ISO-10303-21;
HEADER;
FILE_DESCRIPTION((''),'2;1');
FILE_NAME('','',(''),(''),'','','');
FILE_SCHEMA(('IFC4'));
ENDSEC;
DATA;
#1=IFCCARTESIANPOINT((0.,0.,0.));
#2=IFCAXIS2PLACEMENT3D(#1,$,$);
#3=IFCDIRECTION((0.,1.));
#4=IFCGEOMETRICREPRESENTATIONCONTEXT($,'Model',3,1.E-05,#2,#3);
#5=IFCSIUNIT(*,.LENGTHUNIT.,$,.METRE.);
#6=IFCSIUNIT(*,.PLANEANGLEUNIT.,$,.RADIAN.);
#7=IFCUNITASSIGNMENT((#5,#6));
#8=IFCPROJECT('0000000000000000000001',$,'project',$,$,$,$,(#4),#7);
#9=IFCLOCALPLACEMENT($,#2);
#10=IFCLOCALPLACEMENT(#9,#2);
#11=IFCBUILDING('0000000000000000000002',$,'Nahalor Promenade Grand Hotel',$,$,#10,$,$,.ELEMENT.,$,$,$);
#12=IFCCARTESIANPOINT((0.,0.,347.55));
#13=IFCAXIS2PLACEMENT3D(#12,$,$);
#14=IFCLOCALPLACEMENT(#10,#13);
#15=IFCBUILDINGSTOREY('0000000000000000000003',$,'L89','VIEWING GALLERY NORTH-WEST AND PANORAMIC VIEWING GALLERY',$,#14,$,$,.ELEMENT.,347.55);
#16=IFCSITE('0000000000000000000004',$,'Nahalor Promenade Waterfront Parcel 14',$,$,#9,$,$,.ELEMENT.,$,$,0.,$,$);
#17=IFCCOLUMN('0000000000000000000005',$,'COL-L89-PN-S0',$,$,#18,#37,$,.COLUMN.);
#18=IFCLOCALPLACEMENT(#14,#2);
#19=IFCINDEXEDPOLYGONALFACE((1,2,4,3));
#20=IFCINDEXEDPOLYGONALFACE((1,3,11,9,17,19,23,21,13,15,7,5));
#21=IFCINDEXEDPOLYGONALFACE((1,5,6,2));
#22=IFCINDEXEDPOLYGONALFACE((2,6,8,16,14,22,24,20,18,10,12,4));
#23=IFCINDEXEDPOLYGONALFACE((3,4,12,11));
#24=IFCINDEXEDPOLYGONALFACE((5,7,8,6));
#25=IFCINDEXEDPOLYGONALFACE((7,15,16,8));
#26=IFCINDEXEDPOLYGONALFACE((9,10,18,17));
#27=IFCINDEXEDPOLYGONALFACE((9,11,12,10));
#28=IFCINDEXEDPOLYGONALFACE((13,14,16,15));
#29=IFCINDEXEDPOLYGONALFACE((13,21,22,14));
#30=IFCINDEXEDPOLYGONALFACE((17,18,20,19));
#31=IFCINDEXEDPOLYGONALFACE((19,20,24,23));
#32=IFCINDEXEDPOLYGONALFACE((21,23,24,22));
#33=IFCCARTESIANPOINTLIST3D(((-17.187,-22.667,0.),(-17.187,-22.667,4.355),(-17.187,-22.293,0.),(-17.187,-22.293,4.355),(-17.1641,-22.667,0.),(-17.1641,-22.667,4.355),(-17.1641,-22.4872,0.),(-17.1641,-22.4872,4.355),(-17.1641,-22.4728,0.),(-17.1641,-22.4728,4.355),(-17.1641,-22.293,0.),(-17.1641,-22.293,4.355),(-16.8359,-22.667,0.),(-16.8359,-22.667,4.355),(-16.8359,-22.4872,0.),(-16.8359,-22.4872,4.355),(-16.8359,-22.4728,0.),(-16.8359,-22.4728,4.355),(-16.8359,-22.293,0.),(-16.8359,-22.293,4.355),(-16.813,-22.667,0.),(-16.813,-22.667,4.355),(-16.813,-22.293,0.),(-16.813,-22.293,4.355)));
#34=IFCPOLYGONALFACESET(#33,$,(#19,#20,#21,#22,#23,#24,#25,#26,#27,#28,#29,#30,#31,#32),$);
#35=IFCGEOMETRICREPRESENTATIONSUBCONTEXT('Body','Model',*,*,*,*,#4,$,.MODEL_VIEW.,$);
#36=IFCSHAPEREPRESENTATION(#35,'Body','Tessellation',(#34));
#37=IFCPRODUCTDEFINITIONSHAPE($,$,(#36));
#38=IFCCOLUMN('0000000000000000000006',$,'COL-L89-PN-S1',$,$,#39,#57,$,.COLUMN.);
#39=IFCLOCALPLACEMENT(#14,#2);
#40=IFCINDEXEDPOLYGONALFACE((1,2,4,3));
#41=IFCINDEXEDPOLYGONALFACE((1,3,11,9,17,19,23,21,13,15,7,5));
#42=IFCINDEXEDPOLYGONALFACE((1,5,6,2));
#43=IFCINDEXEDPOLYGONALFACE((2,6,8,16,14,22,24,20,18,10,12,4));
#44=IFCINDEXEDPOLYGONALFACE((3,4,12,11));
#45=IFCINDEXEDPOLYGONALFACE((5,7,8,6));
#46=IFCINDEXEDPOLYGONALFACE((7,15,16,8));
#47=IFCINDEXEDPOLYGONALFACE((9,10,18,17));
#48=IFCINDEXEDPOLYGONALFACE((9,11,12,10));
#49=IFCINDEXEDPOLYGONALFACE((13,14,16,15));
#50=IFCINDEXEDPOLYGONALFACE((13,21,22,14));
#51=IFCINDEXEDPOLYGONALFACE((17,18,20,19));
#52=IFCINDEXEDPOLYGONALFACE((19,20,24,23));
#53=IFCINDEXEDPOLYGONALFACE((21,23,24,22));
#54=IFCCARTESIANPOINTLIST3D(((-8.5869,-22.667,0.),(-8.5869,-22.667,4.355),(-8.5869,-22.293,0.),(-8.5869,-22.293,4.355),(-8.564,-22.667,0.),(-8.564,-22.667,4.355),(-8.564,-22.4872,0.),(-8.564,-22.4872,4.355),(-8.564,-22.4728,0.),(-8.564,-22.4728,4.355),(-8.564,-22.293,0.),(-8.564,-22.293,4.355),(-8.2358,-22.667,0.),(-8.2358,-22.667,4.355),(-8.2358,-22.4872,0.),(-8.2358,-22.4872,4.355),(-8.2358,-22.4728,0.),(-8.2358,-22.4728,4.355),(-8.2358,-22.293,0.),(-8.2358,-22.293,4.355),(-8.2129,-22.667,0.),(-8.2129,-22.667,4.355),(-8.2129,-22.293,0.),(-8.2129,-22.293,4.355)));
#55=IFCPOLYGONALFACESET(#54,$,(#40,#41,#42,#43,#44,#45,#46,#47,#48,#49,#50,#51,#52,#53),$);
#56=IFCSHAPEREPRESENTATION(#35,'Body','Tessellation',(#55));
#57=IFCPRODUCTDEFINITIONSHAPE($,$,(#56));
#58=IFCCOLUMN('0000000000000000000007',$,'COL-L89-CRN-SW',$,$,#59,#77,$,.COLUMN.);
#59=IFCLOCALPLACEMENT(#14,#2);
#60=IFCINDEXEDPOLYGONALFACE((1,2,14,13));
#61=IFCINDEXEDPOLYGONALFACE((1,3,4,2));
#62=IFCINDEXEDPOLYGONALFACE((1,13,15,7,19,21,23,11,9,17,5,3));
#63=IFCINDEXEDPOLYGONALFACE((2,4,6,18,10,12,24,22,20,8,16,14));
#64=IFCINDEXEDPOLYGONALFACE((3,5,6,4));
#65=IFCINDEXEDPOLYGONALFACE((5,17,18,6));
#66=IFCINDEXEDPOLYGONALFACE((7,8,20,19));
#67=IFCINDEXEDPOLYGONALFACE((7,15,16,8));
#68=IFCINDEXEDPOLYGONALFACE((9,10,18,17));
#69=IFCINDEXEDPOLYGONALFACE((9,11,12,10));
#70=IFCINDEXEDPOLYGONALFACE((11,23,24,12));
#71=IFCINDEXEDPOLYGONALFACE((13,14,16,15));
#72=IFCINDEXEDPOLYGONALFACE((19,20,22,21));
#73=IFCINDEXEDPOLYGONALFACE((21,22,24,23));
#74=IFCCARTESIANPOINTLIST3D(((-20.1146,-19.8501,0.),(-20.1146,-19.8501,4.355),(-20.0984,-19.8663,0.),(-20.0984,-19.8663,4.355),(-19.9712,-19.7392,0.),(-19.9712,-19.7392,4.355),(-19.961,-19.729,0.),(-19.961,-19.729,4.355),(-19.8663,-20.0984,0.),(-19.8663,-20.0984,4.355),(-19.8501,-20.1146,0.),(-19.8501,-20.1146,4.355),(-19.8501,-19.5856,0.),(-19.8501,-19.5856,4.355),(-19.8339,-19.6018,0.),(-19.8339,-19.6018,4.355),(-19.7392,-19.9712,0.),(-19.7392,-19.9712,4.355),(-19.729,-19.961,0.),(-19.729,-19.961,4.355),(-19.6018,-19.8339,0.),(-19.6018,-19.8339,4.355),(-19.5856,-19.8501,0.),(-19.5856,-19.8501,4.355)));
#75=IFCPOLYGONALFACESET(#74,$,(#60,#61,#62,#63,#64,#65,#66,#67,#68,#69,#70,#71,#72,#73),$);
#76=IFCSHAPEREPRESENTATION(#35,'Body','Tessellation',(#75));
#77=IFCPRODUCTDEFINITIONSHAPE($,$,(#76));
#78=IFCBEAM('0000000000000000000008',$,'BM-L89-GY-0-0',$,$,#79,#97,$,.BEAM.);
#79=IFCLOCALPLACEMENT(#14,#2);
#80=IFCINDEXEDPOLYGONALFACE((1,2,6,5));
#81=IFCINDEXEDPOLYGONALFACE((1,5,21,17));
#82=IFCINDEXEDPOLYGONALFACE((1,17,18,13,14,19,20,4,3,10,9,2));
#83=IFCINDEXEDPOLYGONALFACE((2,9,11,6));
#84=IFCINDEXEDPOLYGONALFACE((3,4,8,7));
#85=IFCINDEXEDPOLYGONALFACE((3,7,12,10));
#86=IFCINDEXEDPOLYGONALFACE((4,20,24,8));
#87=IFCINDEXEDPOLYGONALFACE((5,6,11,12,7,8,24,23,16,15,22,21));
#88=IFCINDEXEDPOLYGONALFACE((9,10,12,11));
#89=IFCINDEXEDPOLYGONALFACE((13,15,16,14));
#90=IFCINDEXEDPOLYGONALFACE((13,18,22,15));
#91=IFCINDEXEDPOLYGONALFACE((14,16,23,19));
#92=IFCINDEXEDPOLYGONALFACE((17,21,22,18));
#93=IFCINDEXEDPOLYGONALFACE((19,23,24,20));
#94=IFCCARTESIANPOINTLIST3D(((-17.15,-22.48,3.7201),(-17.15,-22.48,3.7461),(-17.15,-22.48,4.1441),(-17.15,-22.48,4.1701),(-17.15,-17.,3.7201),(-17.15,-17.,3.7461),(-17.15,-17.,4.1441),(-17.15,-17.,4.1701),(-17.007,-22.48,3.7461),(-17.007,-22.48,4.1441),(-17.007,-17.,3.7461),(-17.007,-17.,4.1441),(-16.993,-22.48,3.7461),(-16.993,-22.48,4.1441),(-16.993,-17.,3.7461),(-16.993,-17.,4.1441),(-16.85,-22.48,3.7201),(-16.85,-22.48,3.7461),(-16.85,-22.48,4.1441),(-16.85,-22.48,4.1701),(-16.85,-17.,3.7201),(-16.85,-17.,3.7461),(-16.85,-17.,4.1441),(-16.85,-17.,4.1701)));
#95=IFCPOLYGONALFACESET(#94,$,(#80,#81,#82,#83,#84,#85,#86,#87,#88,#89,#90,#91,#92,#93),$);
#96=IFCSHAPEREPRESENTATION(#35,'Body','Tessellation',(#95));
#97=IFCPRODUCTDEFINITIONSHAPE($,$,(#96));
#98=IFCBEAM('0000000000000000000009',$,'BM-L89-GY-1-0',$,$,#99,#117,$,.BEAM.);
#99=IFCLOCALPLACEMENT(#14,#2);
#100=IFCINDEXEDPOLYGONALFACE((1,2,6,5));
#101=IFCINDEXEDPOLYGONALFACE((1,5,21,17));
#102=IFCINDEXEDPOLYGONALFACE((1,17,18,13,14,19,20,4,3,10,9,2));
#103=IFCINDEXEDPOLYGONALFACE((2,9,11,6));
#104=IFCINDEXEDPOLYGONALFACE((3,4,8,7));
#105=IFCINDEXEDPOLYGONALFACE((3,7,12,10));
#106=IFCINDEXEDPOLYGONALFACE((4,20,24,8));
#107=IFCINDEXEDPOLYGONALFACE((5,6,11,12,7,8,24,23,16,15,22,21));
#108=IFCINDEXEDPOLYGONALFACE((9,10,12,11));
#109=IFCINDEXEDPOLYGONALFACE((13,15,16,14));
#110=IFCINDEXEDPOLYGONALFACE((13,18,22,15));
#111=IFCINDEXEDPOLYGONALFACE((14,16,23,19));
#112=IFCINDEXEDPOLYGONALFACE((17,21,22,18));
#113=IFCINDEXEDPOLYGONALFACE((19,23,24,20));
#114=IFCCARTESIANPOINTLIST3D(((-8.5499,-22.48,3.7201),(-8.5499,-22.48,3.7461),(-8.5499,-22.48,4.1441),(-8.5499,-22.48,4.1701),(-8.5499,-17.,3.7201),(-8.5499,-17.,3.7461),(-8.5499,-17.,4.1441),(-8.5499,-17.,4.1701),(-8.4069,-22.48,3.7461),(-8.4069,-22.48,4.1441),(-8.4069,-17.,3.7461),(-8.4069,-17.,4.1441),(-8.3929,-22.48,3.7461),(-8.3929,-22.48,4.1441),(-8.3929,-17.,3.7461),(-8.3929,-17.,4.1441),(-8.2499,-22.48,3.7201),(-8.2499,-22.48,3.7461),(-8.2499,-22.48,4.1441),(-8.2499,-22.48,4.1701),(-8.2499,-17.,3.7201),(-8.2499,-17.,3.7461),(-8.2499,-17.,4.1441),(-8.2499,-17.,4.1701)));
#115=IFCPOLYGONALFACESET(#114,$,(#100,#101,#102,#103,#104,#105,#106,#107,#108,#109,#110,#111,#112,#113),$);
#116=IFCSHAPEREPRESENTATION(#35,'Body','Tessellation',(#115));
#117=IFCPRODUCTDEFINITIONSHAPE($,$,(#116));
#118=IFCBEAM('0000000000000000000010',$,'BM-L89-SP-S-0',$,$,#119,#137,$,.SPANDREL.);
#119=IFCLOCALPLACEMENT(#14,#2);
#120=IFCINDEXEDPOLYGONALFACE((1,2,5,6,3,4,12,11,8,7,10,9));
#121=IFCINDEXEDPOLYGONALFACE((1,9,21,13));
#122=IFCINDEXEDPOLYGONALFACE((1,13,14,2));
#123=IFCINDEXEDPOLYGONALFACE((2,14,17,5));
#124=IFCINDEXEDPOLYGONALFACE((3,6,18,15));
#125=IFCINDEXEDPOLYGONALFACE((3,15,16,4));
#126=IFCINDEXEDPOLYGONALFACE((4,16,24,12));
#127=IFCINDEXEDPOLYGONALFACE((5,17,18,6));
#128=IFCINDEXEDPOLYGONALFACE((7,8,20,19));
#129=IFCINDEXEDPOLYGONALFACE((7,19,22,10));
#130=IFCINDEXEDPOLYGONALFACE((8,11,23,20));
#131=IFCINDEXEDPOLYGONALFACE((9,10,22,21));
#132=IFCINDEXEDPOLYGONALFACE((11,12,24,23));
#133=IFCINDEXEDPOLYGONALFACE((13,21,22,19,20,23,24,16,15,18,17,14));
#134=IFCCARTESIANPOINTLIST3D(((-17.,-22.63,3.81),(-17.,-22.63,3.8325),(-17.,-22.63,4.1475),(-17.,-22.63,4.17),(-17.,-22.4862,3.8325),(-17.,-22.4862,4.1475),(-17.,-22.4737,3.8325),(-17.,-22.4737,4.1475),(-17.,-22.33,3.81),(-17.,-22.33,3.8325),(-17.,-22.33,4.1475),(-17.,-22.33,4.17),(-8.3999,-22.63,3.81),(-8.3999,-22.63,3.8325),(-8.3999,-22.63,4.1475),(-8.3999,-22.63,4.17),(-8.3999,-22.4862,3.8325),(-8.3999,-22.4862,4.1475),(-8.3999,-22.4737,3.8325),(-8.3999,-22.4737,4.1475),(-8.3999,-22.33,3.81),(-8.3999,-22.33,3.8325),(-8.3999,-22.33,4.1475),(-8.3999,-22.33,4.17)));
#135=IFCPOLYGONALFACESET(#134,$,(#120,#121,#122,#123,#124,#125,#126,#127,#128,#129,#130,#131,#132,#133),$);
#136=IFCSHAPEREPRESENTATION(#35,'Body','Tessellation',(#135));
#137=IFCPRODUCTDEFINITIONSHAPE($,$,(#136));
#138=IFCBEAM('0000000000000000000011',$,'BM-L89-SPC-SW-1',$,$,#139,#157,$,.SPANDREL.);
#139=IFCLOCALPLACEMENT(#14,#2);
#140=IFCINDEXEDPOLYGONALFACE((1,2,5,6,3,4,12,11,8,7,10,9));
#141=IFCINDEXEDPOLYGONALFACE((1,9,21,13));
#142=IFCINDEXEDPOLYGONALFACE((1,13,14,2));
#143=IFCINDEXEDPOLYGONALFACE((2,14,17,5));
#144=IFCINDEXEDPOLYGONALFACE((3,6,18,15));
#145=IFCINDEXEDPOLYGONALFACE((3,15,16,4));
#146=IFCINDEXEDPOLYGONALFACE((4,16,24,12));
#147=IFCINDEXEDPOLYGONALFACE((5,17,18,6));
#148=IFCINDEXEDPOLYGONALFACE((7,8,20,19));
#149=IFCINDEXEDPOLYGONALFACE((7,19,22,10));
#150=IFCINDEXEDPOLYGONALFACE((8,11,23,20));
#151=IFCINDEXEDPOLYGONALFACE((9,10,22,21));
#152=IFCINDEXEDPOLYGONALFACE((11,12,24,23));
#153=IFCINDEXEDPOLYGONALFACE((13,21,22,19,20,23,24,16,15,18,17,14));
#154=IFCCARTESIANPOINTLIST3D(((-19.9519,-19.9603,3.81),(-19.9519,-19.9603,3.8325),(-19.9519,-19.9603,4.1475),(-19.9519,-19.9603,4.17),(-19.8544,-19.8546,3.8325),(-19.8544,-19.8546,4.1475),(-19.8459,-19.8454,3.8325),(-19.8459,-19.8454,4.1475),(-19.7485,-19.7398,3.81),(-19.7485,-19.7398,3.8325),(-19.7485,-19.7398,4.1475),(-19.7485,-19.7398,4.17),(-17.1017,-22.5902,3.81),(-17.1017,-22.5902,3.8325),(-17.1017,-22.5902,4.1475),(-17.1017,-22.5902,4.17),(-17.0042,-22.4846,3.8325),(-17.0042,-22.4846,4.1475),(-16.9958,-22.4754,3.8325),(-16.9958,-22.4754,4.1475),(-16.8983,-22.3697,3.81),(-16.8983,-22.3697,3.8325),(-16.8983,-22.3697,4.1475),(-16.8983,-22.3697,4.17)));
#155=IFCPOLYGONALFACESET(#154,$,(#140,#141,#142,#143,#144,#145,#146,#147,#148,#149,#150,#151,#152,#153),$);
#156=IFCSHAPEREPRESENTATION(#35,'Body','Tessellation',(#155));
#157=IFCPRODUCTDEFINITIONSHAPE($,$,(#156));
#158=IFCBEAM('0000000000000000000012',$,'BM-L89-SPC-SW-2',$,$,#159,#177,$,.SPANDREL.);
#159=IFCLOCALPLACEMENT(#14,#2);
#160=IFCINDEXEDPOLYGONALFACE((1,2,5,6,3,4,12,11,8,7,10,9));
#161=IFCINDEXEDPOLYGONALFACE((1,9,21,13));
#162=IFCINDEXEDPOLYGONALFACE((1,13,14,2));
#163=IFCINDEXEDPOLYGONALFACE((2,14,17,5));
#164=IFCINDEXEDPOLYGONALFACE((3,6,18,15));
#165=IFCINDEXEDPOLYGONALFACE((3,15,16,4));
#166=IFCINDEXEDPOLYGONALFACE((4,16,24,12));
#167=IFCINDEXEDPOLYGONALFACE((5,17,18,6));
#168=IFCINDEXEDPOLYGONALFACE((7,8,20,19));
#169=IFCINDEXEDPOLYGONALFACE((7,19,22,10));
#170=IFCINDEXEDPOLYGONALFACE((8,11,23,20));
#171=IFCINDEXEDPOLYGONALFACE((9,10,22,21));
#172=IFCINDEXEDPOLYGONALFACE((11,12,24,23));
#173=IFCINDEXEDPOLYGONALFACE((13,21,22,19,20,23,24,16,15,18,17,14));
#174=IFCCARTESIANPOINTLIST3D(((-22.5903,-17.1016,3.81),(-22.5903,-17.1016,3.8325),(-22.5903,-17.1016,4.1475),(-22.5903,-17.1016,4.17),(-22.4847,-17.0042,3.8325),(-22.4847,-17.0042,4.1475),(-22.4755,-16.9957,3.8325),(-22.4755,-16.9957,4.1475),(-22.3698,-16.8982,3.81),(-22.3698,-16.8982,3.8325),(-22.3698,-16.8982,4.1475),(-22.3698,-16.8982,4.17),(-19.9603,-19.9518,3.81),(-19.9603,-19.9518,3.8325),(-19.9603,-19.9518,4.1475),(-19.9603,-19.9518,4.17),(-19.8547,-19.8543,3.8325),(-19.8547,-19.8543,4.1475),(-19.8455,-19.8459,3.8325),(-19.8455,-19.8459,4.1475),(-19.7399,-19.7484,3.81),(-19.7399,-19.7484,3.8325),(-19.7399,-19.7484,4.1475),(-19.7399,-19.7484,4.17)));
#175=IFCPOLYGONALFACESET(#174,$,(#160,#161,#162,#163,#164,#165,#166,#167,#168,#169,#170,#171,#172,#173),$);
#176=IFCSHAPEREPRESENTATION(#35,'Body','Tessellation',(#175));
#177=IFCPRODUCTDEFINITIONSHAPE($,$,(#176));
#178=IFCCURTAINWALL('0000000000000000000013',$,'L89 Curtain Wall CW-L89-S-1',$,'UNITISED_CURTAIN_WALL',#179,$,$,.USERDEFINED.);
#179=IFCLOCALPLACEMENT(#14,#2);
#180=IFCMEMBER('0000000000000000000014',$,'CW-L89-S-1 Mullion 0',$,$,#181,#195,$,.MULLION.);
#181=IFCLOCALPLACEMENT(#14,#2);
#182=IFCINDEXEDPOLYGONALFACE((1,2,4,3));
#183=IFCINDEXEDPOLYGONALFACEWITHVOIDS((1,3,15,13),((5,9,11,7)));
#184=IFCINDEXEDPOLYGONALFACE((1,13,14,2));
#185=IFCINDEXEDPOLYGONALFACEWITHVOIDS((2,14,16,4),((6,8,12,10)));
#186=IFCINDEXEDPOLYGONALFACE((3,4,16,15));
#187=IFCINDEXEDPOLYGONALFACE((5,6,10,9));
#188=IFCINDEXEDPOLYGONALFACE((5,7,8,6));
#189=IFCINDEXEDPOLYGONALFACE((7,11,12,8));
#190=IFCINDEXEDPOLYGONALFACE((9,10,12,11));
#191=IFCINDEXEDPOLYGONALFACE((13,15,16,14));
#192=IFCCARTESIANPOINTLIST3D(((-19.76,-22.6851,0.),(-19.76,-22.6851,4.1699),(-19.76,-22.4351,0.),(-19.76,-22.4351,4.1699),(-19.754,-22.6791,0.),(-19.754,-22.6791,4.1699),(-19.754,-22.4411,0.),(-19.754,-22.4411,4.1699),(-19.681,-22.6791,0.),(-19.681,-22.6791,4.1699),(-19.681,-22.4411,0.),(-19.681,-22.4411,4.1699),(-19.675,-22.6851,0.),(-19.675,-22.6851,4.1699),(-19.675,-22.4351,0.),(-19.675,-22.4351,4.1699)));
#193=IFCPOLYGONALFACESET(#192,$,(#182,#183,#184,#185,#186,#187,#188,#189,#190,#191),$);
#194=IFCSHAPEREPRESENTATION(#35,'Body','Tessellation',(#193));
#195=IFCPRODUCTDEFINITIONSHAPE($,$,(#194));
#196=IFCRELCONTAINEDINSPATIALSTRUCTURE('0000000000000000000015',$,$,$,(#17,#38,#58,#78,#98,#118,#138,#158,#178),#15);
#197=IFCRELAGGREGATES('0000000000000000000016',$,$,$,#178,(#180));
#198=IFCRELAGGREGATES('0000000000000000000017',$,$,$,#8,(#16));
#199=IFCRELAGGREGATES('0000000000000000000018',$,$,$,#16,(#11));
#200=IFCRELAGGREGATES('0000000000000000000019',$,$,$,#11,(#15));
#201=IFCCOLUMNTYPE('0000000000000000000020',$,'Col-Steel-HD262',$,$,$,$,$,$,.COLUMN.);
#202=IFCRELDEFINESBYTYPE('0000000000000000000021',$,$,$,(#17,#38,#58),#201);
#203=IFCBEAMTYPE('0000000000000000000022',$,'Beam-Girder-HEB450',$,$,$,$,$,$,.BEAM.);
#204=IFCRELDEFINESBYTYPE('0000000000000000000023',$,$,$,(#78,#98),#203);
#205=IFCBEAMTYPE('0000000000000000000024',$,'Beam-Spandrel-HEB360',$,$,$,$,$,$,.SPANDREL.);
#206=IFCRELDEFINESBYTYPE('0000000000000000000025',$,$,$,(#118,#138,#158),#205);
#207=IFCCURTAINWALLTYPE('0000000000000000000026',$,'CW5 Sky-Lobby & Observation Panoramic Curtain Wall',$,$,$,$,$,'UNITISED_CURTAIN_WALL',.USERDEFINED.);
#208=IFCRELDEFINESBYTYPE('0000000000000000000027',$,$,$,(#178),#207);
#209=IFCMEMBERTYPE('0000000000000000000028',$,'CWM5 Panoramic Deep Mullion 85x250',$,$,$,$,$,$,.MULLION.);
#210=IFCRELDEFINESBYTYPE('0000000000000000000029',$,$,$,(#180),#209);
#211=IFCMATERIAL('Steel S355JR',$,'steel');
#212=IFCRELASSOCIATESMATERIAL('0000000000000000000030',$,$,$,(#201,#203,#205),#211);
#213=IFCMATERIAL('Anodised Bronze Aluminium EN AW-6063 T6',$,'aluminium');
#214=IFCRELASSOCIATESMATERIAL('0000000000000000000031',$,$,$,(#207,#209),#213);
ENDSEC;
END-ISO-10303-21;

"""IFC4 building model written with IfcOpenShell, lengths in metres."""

from ifc_helpers import new_model, si_unit, direction, frame, origin, origin_2d, place, context, subcontext, project, spatial, hollow_rectangle, i_section, extrude, source, transform, mapped, material, material_profile, profile_set, type_object, element, aggregate, save


model = new_model("IFC4")

# Units and contexts
model_context = context("Model", 3, precision=1e-05, world=origin(), true_north=direction((0.0, 1.0)))
body_context = subcontext(model_context, "Body", "Model", "MODEL_VIEW")
ifc_project = project(units=[si_unit("LENGTHUNIT", "METRE"), si_unit("PLANEANGLEUNIT", "RADIAN")], contexts=[model_context])

# Site, building, storey
site_placement = place(None, origin())
site = spatial("IfcSite", under=ifc_project, at=site_placement, Name="Nahalor Promenade Waterfront Parcel 14", CompositionType="ELEMENT", RefElevation=0.0)
building_placement = place(site_placement, origin())
building = spatial("IfcBuilding", under=site, at=building_placement, Name="Nahalor Promenade Grand Hotel", CompositionType="ELEMENT")
storey_placement = place(building_placement, frame((0.0, 0.0, 347.55)))
storey = spatial("IfcBuildingStorey", under=building, at=storey_placement, Name="L89", Description="VIEWING GALLERY NORTH-WEST AND PANORAMIC VIEWING GALLERY", CompositionType="ELEMENT", Elevation=347.55)

# Columns
ifc_material_1 = material(Name="Steel S355JR", Category="steel")
ifc_material_profile_1 = material_profile(ifc_material_1, i_section(OverallWidth=0.374, OverallDepth=0.374, WebThickness=0.0144, FlangeThickness=0.0229, at=origin_2d()), Name="HD 360x262")
ifc_profile_set_1 = profile_set([ifc_material_profile_1], Name="Steel S355JR")
column_type = type_object("IfcColumnType", Name="Col-Steel-HD262", PredefinedType="COLUMN", material=ifc_profile_set_1)
shared_shape_1 = source(origin(), body_context, "Body", "SweptSolid", [
    extrude(i_section(OverallWidth=0.374, OverallDepth=0.374, WebThickness=0.0144, FlangeThickness=0.0229, at=origin_2d()), origin(), (0.0, 0.0, 1.0), 4.355),
])
for number, where, z_axis, x_axis, name in (
    (1, (-17.0, -22.48, 0.0), (0.0, 0.0, 1.0), (0.0, 1.0, 0.0), "COL-L89-PN-S0"),
    (2, (-8.3999, -22.48, 0.0), (0.0, 0.0, 1.0), (0.0, 1.0, 0.0), "COL-L89-PN-S1"),
    (3, (-19.8501, -19.8501, 0.0), (0.0, 0.0, 1.0), (0.707107, 0.707107, 0.0), "COL-L89-CRN-SW"),
):
    element("IfcColumn", number, at=place(storey_placement, frame(where, z_axis=z_axis, x_axis=x_axis)), inside=storey, type_object=column_type, Name=name, PredefinedType="COLUMN", context=body_context, shape_type="MappedRepresentation", body=[
        mapped(shared_shape_1, transform((0.0, 0.0, 0.0), scale=1.0)),
    ])

# Beams
ifc_material_profile_2 = material_profile(ifc_material_1, i_section(OverallWidth=0.3, OverallDepth=0.45, WebThickness=0.014, FlangeThickness=0.026, at=origin_2d()), Name="HEB 450")
ifc_profile_set_2 = profile_set([ifc_material_profile_2], Name="Steel S355JR")
beam_type_1 = type_object("IfcBeamType", Name="Beam-Girder-HEB450", PredefinedType="BEAM", material=ifc_profile_set_2)
shared_shape_2 = source(origin(), body_context, "Body", "SweptSolid", [
    extrude(i_section(OverallWidth=0.3, OverallDepth=0.45, WebThickness=0.014, FlangeThickness=0.026, at=origin_2d()), origin(), (0.0, 0.0, 1.0), 5.48),
])
for number, where, z_axis, x_axis, name in (
    (4, (-17.0, -22.48, 3.9451), (0.0, 1.0, 0.0), (-1.0, 0.0, 0.0), "BM-L89-GY-0-0"),
    (5, (-8.3999, -22.48, 3.9451), (0.0, 1.0, 0.0), (-1.0, 0.0, 0.0), "BM-L89-GY-1-0"),
):
    element("IfcBeam", number, at=place(storey_placement, frame(where, z_axis=z_axis, x_axis=x_axis)), inside=storey, type_object=beam_type_1, Name=name, PredefinedType="BEAM", context=body_context, shape_type="MappedRepresentation", body=[
        mapped(shared_shape_2, transform((0.0, 0.0, 0.0), scale=1.0)),
    ])
ifc_material_profile_3 = material_profile(ifc_material_1, i_section(OverallWidth=0.3, OverallDepth=0.36, WebThickness=0.0125, FlangeThickness=0.0225, at=origin_2d()), Name="HEB 360")
ifc_profile_set_3 = profile_set([ifc_material_profile_3], Name="Steel S355JR")
beam_type_2 = type_object("IfcBeamType", Name="Beam-Spandrel-HEB360", PredefinedType="SPANDREL", material=ifc_profile_set_3)
shared_shape_3 = source(origin(), body_context, "Body", "SweptSolid", [
    extrude(i_section(OverallWidth=0.3, OverallDepth=0.36, WebThickness=0.0125, FlangeThickness=0.0225, at=origin_2d()), origin(), (0.0, 0.0, 1.0), 8.6001),
])
beam_placement = place(storey_placement, frame((-17.0, -22.48, 3.99), z_axis=(1.0, 0.0, 0.0), x_axis=(0.0, 1.0, 0.0)))
element("IfcBeam", 6, at=beam_placement, inside=storey, type_object=beam_type_2, Name="BM-L89-SP-S-0", PredefinedType="SPANDREL", context=body_context, shape_type="MappedRepresentation", body=[
    mapped(shared_shape_3, transform((0.0, 0.0, 0.0), scale=1.0)),
])
shared_shape_4 = source(origin(), body_context, "Body", "SweptSolid", [
    extrude(i_section(OverallWidth=0.3, OverallDepth=0.36, WebThickness=0.0125, FlangeThickness=0.0225, at=origin_2d()), origin(), (0.0, 0.0, 1.0), 3.8782),
])
for number, where, z_axis, x_axis, name in (
    (7, (-17.0, -22.48, 3.99), (-0.734929, 0.678144, 0.0), (-0.678144, -0.734929, 0.0), "BM-L89-SPC-SW-1"),
    (8, (-19.8501, -19.8501, 3.99), (-0.678144, 0.734929, 0.0), (-0.734929, -0.678144, 0.0), "BM-L89-SPC-SW-2"),
):
    element("IfcBeam", number, at=place(storey_placement, frame(where, z_axis=z_axis, x_axis=x_axis)), inside=storey, type_object=beam_type_2, Name=name, PredefinedType="SPANDREL", context=body_context, shape_type="MappedRepresentation", body=[
        mapped(shared_shape_4, transform((0.0, 0.0, 0.0), scale=1.0)),
    ])

# Curtain wall, member
ifc_material_2 = material(Name="Anodised Bronze Aluminium EN AW-6063 T6", Category="aluminium")
curtain_wall_type = type_object("IfcCurtainWallType", Name="CW5 Sky-Lobby & Observation Panoramic Curtain Wall", ElementType="UNITISED_CURTAIN_WALL", PredefinedType="USERDEFINED", material=ifc_material_2)
curtain_wall_1_placement = place(storey_placement, origin())
curtain_wall_1 = element("IfcCurtainWall", 9, at=curtain_wall_1_placement, inside=storey, type_object=curtain_wall_type, Name="L89 Curtain Wall CW-L89-S-1", ObjectType="UNITISED_CURTAIN_WALL", PredefinedType="USERDEFINED")
ifc_material_profile_4 = material_profile(ifc_material_2, hollow_rectangle(XDim=0.085, YDim=0.25, WallThickness=0.006, at=origin_2d()), Name="CWM 85x250x6")
ifc_profile_set_4 = profile_set([ifc_material_profile_4], Name="Anodised Bronze Aluminium EN AW-6063 T6")
member_type_1 = type_object("IfcMemberType", Name="CWM5 Panoramic Deep Mullion 85x250", PredefinedType="MULLION", material=ifc_profile_set_4)
shared_shape_5 = source(origin(), body_context, "Body", "SweptSolid", [
    extrude(hollow_rectangle(XDim=0.085, YDim=0.25, WallThickness=0.006, at=origin_2d()), origin(), (0.0, 0.0, 1.0), 4.1699),
])
member_1_placement = place(storey_placement, frame((-19.7175, -22.5601, 0.0), z_axis=(0.0, 0.0, 1.0), x_axis=(1.0, 0.0, 0.0)))
member_1 = element("IfcMember", 10, at=member_1_placement, type_object=member_type_1, Name="CW-L89-S-1 Mullion 0", PredefinedType="MULLION", context=body_context, shape_type="MappedRepresentation", body=[
    mapped(shared_shape_5, transform((0.0, 0.0, 0.0), scale=1.0)),
])

aggregate(curtain_wall_1, [member_1])

save(model, "model.ifc")
